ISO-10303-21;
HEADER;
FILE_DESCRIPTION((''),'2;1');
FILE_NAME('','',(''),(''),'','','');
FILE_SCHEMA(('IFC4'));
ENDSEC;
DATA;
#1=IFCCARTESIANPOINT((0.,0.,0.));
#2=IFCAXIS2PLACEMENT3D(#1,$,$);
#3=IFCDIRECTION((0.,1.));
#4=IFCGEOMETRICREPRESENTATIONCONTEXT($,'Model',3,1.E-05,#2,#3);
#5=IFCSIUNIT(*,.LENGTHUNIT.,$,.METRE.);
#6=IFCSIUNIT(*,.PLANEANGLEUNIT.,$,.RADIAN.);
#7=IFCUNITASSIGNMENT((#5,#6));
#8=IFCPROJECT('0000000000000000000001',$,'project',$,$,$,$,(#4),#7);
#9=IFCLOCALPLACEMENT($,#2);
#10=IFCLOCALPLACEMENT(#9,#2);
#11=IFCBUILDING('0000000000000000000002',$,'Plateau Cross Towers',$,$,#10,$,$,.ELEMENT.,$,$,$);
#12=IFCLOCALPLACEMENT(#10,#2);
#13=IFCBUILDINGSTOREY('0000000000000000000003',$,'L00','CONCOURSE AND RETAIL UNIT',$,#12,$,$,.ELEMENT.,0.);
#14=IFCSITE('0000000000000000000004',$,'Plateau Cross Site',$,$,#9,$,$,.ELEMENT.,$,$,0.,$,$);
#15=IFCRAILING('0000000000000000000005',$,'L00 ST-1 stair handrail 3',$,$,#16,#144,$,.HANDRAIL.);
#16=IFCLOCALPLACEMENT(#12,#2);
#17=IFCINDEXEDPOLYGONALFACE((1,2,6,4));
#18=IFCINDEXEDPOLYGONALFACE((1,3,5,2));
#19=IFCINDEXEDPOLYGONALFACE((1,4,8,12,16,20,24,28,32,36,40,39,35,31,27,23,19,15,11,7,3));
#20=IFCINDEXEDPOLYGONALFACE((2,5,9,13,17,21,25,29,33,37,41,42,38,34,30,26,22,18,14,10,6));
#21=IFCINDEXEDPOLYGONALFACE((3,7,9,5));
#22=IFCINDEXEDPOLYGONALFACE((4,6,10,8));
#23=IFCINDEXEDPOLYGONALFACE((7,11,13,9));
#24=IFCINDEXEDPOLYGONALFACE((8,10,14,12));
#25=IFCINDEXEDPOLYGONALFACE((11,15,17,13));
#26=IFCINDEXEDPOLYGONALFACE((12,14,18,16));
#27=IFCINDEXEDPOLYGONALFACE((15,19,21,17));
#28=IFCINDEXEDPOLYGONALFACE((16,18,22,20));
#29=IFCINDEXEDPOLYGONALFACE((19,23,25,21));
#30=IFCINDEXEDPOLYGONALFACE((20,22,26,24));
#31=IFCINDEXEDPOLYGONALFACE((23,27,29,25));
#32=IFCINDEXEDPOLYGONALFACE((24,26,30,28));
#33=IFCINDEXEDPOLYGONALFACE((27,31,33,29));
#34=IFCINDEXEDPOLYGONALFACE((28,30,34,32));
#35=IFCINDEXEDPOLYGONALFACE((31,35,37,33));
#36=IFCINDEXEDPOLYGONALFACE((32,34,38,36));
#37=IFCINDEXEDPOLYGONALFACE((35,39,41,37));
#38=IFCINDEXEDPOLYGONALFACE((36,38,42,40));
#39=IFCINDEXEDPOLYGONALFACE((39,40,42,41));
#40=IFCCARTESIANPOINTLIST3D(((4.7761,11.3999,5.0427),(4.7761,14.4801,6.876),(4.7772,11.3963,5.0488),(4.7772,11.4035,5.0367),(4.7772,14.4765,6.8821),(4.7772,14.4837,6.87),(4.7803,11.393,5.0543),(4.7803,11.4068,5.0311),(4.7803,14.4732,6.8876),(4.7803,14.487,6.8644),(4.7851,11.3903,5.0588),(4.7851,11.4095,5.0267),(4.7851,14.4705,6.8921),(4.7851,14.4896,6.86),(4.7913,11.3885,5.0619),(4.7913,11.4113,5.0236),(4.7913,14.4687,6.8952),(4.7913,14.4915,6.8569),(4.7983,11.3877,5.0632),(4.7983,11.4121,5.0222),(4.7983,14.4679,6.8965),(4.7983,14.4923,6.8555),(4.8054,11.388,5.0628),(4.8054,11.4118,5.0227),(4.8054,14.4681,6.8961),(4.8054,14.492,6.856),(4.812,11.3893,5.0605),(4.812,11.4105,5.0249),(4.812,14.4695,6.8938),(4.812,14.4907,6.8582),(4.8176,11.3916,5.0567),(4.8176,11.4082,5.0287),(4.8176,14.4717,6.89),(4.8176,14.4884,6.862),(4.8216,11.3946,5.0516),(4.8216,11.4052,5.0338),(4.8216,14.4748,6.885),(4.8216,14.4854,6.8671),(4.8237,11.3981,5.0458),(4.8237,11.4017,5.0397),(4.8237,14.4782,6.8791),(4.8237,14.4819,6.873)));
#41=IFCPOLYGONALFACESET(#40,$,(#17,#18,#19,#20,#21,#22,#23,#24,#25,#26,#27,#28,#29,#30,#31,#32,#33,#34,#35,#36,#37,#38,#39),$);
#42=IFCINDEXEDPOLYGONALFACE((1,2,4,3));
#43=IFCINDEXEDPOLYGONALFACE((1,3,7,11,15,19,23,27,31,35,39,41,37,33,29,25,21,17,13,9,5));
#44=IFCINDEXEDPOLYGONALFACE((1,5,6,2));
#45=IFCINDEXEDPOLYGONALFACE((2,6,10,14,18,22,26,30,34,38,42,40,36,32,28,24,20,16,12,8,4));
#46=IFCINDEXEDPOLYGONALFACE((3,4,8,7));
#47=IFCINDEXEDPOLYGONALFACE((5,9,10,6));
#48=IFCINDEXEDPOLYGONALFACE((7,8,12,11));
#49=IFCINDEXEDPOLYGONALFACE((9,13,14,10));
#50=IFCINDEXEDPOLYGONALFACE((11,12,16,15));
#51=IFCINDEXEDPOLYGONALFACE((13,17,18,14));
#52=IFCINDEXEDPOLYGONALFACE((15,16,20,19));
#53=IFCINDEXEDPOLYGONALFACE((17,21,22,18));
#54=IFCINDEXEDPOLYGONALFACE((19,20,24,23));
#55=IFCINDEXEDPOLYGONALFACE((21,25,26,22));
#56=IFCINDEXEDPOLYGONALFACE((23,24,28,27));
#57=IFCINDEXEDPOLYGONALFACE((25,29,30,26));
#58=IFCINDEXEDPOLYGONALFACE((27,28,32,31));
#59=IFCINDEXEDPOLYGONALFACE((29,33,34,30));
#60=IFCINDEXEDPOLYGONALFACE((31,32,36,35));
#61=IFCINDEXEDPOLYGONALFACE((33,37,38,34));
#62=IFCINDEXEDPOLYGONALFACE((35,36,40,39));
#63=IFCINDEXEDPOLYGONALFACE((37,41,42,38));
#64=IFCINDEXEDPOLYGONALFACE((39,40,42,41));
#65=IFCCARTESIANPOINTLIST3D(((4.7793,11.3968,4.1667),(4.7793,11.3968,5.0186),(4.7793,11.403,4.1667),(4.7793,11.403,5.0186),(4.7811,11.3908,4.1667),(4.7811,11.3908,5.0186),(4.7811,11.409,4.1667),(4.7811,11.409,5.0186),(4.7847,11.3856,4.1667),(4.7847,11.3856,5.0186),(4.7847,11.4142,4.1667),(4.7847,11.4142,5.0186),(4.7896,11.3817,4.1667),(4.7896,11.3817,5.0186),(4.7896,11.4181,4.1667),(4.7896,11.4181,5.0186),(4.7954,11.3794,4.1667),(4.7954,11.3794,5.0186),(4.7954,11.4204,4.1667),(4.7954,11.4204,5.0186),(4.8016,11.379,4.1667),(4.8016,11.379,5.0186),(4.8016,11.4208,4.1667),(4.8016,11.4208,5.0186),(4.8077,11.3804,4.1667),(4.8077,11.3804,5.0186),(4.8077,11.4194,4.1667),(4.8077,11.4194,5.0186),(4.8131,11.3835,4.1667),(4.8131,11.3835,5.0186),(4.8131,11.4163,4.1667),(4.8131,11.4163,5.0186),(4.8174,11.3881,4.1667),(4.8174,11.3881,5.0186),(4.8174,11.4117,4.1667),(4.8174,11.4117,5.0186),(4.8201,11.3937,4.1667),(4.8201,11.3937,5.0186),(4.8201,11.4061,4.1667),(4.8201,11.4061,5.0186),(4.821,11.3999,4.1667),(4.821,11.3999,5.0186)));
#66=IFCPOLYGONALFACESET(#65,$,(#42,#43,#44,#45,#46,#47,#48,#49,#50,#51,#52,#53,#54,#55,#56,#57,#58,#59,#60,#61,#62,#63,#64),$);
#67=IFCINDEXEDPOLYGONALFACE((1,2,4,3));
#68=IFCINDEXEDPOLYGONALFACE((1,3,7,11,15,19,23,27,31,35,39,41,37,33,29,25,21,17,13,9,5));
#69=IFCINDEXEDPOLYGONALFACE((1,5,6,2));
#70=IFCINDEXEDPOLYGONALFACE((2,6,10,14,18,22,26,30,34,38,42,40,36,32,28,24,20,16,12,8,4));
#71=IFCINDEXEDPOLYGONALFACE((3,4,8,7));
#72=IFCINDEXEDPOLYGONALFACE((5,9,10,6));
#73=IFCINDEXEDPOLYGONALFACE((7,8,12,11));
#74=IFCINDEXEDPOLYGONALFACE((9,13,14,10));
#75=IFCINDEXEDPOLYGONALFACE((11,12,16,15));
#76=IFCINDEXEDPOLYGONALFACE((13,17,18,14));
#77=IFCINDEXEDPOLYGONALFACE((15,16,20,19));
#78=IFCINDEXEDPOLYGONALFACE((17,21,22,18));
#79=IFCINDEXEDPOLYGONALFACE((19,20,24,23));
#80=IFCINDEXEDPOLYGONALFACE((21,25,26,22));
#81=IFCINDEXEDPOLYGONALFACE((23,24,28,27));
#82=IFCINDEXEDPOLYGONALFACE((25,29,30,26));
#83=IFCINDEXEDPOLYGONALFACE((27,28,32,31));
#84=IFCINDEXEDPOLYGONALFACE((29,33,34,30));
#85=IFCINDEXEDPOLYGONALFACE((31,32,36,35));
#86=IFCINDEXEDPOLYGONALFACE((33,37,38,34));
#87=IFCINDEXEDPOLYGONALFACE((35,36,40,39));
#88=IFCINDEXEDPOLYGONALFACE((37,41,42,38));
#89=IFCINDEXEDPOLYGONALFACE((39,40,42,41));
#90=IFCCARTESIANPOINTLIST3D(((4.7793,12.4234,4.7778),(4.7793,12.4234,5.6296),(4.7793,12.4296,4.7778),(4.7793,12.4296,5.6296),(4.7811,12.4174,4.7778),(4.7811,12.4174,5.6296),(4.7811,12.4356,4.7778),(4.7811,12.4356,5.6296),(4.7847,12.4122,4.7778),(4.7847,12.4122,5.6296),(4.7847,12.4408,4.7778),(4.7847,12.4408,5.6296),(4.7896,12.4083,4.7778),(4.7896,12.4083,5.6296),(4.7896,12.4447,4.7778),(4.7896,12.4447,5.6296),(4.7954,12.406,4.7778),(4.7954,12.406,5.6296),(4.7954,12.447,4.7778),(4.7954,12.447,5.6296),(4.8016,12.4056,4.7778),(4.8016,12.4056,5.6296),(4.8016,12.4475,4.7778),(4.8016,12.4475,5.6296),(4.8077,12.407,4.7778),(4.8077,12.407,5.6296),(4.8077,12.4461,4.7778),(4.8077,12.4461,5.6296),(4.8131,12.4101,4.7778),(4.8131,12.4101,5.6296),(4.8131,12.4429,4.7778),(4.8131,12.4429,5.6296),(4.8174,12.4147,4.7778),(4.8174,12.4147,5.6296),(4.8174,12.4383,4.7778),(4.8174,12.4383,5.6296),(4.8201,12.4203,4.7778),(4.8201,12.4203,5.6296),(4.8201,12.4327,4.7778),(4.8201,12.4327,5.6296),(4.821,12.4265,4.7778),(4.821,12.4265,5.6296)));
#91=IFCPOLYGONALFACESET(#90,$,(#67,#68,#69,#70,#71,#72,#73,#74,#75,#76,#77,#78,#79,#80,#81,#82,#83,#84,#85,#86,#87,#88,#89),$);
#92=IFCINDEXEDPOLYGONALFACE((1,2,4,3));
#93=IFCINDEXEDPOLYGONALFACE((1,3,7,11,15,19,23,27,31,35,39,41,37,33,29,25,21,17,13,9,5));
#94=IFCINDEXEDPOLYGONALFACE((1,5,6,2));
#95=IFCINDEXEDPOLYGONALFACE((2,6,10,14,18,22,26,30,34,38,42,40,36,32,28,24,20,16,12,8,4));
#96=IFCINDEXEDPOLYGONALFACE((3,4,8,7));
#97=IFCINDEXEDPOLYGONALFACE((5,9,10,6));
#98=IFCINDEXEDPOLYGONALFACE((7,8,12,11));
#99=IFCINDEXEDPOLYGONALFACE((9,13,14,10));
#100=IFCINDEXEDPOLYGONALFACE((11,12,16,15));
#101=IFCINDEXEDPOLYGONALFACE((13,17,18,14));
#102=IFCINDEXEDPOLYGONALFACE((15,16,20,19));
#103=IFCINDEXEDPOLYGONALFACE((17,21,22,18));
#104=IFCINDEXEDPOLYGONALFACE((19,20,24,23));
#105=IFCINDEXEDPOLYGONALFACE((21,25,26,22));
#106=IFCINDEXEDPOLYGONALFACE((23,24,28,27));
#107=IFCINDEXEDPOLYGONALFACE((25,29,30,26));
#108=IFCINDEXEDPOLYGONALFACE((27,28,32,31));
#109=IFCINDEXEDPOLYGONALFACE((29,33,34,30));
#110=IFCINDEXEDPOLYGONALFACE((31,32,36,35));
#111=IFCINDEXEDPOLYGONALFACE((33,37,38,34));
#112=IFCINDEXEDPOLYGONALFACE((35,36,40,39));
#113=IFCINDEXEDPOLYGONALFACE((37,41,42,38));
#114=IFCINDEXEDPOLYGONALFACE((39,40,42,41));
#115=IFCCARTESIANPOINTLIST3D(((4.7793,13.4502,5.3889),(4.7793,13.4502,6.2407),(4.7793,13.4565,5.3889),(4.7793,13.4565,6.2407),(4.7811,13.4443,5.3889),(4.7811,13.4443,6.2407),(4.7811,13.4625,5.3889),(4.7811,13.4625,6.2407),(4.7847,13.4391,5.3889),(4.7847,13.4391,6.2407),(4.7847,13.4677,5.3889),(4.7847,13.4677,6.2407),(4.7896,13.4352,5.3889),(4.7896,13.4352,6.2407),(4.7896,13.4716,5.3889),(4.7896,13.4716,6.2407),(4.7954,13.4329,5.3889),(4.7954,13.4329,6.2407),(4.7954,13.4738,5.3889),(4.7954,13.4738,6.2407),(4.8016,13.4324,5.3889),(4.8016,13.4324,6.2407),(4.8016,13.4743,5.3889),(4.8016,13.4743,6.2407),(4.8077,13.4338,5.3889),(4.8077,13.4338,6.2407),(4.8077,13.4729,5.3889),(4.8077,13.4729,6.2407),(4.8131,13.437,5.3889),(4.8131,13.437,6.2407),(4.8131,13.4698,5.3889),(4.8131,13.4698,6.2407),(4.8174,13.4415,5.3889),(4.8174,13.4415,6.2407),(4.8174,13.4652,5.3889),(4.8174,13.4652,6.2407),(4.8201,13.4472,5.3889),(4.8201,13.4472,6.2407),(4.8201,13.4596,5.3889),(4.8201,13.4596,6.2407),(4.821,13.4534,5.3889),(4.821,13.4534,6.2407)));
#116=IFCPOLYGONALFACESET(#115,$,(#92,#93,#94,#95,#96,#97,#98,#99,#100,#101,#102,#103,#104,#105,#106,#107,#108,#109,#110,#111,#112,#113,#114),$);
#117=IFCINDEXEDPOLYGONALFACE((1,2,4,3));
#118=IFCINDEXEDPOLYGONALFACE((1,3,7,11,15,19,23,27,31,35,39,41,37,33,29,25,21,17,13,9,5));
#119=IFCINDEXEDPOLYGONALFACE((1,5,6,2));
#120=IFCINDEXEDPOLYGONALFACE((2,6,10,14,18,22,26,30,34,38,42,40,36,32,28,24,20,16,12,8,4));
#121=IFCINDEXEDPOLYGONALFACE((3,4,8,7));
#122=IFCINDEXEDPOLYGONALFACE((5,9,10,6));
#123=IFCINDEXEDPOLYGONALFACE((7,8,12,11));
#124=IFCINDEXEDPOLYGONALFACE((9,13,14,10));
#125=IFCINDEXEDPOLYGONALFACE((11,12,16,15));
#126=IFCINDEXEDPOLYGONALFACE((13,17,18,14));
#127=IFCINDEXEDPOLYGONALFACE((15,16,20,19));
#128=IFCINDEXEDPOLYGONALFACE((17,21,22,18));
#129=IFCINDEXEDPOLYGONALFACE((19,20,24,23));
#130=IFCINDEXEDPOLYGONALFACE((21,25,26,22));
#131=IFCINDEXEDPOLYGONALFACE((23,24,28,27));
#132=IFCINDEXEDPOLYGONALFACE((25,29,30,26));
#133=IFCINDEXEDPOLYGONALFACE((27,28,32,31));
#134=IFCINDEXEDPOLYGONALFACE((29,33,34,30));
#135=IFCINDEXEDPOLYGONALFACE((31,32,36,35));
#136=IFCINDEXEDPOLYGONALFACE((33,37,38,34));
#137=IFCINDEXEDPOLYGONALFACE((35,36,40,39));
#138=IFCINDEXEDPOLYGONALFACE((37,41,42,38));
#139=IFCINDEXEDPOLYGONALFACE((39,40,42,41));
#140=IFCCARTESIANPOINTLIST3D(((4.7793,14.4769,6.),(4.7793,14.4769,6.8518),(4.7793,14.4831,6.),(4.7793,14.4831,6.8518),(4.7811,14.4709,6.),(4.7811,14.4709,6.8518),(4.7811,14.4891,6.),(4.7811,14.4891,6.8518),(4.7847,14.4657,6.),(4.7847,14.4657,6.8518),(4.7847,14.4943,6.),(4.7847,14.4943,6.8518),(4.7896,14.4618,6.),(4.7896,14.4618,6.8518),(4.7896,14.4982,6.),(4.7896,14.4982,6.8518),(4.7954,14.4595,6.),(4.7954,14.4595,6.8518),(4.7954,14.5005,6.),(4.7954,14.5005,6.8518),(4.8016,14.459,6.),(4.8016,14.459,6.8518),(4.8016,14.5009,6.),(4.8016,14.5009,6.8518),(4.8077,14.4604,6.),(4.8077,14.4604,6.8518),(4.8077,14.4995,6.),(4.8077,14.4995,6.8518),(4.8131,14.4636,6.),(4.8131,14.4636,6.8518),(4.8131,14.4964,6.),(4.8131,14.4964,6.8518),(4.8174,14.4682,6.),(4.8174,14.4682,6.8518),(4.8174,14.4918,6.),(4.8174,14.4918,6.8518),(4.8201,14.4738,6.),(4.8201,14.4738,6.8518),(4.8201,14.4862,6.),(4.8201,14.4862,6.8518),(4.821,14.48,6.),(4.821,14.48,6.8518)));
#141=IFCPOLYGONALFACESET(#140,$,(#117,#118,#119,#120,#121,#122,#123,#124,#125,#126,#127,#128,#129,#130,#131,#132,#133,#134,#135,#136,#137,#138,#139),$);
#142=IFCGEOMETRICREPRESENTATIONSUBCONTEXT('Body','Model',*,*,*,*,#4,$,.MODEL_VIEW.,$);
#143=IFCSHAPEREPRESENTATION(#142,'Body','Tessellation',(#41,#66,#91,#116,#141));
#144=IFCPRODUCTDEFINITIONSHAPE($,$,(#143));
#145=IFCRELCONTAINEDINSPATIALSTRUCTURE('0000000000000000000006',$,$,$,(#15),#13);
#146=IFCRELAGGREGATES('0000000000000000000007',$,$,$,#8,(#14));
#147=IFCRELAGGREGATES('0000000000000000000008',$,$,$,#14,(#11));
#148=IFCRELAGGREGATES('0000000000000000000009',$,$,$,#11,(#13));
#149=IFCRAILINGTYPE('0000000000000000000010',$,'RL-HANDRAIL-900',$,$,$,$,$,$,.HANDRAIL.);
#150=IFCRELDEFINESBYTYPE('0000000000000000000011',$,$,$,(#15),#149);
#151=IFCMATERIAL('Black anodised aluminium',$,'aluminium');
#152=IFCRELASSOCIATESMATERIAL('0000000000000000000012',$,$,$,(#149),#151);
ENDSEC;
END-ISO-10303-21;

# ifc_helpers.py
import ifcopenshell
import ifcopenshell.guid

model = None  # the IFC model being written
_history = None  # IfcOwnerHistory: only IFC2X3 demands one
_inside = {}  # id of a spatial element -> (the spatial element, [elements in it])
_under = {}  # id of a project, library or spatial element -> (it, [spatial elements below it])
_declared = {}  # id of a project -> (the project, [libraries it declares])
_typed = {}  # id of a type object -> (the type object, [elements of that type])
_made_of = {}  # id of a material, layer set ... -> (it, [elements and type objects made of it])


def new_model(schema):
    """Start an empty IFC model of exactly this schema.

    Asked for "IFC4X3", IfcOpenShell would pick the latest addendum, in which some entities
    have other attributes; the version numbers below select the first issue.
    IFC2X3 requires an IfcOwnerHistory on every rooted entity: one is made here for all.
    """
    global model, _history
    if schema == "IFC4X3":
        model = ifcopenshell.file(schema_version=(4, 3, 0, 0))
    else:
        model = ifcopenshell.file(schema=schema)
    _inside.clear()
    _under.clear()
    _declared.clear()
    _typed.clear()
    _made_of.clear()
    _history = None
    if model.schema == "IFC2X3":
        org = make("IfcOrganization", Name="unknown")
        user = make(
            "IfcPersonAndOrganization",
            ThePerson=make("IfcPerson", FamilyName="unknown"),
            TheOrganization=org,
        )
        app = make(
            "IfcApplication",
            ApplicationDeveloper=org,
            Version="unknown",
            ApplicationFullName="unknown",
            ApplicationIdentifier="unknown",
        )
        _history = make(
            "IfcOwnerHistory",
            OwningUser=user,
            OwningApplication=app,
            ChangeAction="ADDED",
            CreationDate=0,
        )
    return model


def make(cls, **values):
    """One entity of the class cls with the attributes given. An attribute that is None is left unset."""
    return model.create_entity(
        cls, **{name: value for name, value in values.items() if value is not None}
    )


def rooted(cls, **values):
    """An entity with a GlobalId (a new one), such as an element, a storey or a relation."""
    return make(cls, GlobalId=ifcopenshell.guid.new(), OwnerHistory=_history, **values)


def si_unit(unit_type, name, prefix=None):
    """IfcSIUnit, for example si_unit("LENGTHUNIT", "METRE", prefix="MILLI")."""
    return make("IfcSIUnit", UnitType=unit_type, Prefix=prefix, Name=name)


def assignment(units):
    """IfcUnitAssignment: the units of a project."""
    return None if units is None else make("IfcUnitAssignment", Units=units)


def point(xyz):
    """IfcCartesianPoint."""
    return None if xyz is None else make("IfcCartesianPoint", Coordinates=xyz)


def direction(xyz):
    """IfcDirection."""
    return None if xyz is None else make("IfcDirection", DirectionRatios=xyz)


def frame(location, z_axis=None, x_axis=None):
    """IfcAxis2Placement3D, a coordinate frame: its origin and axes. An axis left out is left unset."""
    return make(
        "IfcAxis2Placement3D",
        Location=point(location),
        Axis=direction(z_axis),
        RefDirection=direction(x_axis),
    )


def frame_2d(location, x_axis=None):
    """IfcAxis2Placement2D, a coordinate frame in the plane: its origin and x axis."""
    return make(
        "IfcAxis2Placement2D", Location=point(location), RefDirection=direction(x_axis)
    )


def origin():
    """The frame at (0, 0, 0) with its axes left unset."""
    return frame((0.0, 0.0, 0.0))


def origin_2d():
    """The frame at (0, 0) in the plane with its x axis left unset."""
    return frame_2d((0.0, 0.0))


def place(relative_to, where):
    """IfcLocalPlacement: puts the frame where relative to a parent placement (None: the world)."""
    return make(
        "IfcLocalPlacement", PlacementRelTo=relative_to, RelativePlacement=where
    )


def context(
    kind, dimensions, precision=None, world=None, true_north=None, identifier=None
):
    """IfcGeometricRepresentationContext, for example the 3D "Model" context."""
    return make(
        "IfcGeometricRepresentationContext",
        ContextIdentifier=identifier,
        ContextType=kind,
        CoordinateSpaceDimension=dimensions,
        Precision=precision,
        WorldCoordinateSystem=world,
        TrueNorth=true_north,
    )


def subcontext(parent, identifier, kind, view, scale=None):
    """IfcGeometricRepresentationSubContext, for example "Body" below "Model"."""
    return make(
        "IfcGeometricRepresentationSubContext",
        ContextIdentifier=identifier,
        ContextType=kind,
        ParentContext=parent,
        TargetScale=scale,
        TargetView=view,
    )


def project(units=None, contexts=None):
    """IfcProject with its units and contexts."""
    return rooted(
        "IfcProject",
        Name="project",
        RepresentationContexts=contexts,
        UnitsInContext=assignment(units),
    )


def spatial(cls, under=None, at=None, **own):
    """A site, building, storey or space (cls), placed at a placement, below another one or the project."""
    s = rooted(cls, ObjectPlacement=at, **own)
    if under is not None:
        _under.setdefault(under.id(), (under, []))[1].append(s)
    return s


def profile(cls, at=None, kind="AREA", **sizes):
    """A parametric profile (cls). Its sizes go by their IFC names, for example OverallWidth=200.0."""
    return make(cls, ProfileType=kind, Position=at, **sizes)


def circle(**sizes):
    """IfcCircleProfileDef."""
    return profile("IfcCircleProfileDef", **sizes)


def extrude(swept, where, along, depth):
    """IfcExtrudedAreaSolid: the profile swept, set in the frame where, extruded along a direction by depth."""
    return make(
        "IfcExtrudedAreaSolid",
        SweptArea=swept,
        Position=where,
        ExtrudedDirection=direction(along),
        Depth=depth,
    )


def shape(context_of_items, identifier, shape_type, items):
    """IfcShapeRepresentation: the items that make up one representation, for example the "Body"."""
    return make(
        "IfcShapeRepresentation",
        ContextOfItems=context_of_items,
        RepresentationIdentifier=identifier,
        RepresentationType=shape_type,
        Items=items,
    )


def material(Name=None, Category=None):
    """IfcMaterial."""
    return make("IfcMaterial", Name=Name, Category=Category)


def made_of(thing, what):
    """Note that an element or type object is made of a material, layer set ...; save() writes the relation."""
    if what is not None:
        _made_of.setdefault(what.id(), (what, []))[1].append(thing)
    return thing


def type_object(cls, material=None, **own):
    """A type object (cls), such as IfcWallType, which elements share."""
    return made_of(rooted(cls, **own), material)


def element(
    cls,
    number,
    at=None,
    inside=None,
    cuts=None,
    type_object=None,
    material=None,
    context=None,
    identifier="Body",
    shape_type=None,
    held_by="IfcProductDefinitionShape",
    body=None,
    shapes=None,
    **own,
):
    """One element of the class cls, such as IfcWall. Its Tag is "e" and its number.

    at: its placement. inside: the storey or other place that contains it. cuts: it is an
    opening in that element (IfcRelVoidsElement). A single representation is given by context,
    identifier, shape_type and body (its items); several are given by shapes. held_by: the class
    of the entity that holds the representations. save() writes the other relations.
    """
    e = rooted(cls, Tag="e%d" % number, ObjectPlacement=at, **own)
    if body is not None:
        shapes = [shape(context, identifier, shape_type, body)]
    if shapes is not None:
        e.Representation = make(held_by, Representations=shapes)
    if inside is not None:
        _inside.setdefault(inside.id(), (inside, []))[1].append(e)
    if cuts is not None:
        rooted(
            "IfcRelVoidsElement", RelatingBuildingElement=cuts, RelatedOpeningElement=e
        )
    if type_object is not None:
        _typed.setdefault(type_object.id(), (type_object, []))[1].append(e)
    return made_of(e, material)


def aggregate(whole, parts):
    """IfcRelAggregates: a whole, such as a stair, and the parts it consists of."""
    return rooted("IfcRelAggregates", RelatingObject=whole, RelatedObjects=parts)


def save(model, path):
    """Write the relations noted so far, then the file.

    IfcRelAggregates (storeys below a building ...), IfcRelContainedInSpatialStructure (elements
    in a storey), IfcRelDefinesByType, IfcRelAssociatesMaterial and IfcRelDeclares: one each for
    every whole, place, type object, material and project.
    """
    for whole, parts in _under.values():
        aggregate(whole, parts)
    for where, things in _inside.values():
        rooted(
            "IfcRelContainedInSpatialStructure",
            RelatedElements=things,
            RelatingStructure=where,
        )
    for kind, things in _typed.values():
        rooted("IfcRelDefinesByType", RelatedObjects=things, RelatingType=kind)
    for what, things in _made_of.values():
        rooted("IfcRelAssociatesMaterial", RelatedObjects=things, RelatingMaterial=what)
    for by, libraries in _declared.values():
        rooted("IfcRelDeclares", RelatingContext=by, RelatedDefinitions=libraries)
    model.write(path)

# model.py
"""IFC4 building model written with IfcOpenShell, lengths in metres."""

from ifc_helpers import new_model, si_unit, direction, frame, origin, origin_2d, place, context, subcontext, project, spatial, circle, extrude, material, type_object, element, save


model = new_model("IFC4")

# Units and contexts
model_context = context("Model", 3, precision=1e-05, world=origin(), true_north=direction((0.0, 1.0)))
body_context = subcontext(model_context, "Body", "Model", "MODEL_VIEW")
ifc_project = project(units=[si_unit("LENGTHUNIT", "METRE"), si_unit("PLANEANGLEUNIT", "RADIAN")], contexts=[model_context])

# Site, building, storey
site_placement = place(None, origin())
site = spatial("IfcSite", under=ifc_project, at=site_placement, Name="Plateau Cross Site", CompositionType="ELEMENT", RefElevation=0.0)
building_placement = place(site_placement, origin())
building = spatial("IfcBuilding", under=site, at=building_placement, Name="Plateau Cross Towers", CompositionType="ELEMENT")
storey_placement = place(building_placement, origin())
storey = spatial("IfcBuildingStorey", under=building, at=storey_placement, Name="L00", Description="CONCOURSE AND RETAIL UNIT", CompositionType="ELEMENT", Elevation=0.0)

# Shared definitions
ifc_material_1 = material(Name="Black anodised aluminium", Category="aluminium")

# Railing
railing_type_1 = type_object("IfcRailingType", Name="RL-HANDRAIL-900", PredefinedType="HANDRAIL", material=ifc_material_1)
railing_1_placement = place(storey_placement, frame((4.8, 11.3999, 4.1667)))
element("IfcRailing", 1, at=railing_1_placement, inside=storey, type_object=railing_type_1, Name="L00 ST-1 stair handrail 3", PredefinedType="HANDRAIL", context=body_context, shape_type="SweptSolid", body=[
    extrude(circle(Radius=0.0239, at=origin_2d()), frame((0.0, 0.0, 0.876), z_axis=(0.0, 0.859309, 0.511458), x_axis=(-1.0, 0.0, 0.0)), (0.0, 0.0, 1.0), 3.5845),
    extrude(circle(Radius=0.021, at=origin_2d()), origin(), (0.0, 0.0, 1.0), 0.8518),
    extrude(circle(Radius=0.021, at=origin_2d()), frame((0.0, 1.0266, 0.6111)), (0.0, 0.0, 1.0), 0.8518),
    extrude(circle(Radius=0.021, at=origin_2d()), frame((0.0, 2.0535, 1.2222)), (0.0, 0.0, 1.0), 0.8518),
    extrude(circle(Radius=0.021, at=origin_2d()), frame((0.0, 3.0801, 1.8333)), (0.0, 0.0, 1.0), 0.8518),
])

save(model, "model.ifc")
